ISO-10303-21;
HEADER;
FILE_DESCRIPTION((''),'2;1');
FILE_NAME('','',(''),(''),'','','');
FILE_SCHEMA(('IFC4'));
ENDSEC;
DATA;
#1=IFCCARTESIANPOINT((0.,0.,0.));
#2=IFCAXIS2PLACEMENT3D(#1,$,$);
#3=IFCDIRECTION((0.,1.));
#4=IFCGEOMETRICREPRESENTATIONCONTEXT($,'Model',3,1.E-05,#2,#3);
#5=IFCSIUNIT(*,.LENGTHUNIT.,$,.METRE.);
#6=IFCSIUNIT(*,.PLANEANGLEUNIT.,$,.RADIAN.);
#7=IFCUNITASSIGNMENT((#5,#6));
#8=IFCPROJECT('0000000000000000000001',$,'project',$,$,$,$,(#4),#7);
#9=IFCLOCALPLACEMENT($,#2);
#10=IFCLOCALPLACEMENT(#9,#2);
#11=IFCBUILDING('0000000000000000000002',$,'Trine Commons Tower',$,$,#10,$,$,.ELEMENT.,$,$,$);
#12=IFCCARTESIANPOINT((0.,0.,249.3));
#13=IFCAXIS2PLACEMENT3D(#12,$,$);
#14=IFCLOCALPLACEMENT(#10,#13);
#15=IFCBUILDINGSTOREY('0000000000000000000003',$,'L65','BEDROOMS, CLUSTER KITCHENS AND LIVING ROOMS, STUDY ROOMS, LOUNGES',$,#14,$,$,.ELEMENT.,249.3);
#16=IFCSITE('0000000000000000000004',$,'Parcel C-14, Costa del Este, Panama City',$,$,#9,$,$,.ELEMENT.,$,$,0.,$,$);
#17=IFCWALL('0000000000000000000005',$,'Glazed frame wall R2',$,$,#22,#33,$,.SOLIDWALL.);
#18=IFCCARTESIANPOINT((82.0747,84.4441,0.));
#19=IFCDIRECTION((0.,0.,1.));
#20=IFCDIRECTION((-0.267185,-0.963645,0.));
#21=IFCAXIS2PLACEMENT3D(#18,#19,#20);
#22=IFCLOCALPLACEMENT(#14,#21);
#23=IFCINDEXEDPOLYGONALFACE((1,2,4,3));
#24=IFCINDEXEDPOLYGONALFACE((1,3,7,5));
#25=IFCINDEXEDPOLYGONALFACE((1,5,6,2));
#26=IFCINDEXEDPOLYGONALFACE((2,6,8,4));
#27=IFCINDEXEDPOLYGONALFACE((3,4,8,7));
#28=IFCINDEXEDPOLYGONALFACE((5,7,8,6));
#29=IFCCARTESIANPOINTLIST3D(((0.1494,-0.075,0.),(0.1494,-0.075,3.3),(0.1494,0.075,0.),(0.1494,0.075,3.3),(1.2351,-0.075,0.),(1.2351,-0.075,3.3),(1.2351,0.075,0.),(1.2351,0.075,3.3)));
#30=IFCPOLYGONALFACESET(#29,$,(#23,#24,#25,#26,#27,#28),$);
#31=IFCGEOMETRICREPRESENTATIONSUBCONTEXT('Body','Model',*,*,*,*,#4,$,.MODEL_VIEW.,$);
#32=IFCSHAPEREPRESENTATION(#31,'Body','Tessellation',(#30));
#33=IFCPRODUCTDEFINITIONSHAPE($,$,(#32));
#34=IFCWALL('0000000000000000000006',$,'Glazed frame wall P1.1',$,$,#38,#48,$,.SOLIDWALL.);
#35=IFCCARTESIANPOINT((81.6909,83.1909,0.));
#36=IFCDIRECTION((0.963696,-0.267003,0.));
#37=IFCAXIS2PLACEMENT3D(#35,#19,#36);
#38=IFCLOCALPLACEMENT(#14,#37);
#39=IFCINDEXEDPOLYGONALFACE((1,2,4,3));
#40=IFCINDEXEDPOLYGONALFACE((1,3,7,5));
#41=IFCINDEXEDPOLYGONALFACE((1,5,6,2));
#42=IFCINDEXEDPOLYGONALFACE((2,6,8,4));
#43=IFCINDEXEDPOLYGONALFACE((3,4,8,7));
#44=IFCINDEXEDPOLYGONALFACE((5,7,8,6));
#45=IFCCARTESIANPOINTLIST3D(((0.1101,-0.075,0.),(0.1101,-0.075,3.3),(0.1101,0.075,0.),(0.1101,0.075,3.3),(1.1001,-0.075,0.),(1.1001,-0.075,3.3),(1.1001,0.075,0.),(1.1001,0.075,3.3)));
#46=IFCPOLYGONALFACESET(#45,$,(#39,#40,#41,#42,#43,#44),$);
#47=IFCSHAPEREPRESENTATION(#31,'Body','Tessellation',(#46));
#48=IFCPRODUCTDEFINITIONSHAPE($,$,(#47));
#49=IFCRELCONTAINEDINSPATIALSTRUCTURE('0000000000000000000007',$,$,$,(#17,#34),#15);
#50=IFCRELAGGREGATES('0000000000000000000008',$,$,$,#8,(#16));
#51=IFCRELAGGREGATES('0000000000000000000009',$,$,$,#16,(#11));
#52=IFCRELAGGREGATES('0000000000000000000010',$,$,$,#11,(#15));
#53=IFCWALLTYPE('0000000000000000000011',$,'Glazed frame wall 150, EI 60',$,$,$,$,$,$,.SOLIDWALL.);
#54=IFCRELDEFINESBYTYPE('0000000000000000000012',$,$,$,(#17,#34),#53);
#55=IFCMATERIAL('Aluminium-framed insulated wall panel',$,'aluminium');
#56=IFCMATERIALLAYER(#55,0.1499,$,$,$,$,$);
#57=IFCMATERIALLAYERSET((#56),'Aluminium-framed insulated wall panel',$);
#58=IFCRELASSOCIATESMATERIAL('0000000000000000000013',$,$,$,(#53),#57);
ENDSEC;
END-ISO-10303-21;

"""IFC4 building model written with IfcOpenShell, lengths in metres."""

from ifc_helpers import new_model, si_unit, direction, frame, origin, place, context, subcontext, project, spatial, polyline, outline, extrude, material, layer, layer_set, type_object, element, save


model = new_model("IFC4")

# Units and contexts
model_context = context("Model", 3, precision=1e-05, world=origin(), true_north=direction((0.0, 1.0)))
body_context = subcontext(model_context, "Body", "Model", "MODEL_VIEW")
ifc_project = project(units=[si_unit("LENGTHUNIT", "METRE"), si_unit("PLANEANGLEUNIT", "RADIAN")], contexts=[model_context])

# Site, building, storey
site_placement = place(None, origin())
site = spatial("IfcSite", under=ifc_project, at=site_placement, Name="Parcel C-14, Costa del Este, Panama City", CompositionType="ELEMENT", RefElevation=0.0)
building_placement = place(site_placement, origin())
building = spatial("IfcBuilding", under=site, at=building_placement, Name="Trine Commons Tower", CompositionType="ELEMENT")
storey_placement = place(building_placement, frame((0.0, 0.0, 249.3)))
storey = spatial("IfcBuildingStorey", under=building, at=storey_placement, Name="L65", Description="BEDROOMS, CLUSTER KITCHENS AND LIVING ROOMS, STUDY ROOMS, LOUNGES", CompositionType="ELEMENT", Elevation=249.3)

# Walls
ifc_material_1 = material(Name="Aluminium-framed insulated wall panel", Category="aluminium")
ifc_layer_1 = layer(ifc_material_1, 0.1499)
ifc_layer_set_1 = layer_set([ifc_layer_1], Name="Aluminium-framed insulated wall panel")
wall_type_1 = type_object("IfcWallType", Name="Glazed frame wall 150, EI 60", PredefinedType="SOLIDWALL", material=ifc_layer_set_1)
wall_1_placement = place(storey_placement, frame((82.0747, 84.4441, 0.0), z_axis=(0.0, 0.0, 1.0), x_axis=(-0.267185, -0.963645, 0.0)))
element("IfcWall", 1, at=wall_1_placement, inside=storey, type_object=wall_type_1, Name="Glazed frame wall R2", PredefinedType="SOLIDWALL", context=body_context, shape_type="SweptSolid", body=[
    extrude(outline(polyline([(0.1494, 0.075), (0.1494, -0.075), (1.2351, -0.075), (1.2351, 0.075), (0.1494, 0.075)])), origin(), (0.0, 0.0, 1.0), 3.3),
])
wall_2_placement = place(storey_placement, frame((81.6909, 83.1909, 0.0), z_axis=(0.0, 0.0, 1.0), x_axis=(0.963696, -0.267003, 0.0)))
element("IfcWall", 2, at=wall_2_placement, inside=storey, type_object=wall_type_1, Name="Glazed frame wall P1.1", PredefinedType="SOLIDWALL", context=body_context, shape_type="SweptSolid", body=[
    extrude(outline(polyline([(0.1101, -0.075), (1.1001, -0.075), (1.1001, 0.075), (0.1101, 0.075), (0.1101, -0.075)])), origin(), (0.0, 0.0, 1.0), 3.3),
])

save(model, "model.ifc")
